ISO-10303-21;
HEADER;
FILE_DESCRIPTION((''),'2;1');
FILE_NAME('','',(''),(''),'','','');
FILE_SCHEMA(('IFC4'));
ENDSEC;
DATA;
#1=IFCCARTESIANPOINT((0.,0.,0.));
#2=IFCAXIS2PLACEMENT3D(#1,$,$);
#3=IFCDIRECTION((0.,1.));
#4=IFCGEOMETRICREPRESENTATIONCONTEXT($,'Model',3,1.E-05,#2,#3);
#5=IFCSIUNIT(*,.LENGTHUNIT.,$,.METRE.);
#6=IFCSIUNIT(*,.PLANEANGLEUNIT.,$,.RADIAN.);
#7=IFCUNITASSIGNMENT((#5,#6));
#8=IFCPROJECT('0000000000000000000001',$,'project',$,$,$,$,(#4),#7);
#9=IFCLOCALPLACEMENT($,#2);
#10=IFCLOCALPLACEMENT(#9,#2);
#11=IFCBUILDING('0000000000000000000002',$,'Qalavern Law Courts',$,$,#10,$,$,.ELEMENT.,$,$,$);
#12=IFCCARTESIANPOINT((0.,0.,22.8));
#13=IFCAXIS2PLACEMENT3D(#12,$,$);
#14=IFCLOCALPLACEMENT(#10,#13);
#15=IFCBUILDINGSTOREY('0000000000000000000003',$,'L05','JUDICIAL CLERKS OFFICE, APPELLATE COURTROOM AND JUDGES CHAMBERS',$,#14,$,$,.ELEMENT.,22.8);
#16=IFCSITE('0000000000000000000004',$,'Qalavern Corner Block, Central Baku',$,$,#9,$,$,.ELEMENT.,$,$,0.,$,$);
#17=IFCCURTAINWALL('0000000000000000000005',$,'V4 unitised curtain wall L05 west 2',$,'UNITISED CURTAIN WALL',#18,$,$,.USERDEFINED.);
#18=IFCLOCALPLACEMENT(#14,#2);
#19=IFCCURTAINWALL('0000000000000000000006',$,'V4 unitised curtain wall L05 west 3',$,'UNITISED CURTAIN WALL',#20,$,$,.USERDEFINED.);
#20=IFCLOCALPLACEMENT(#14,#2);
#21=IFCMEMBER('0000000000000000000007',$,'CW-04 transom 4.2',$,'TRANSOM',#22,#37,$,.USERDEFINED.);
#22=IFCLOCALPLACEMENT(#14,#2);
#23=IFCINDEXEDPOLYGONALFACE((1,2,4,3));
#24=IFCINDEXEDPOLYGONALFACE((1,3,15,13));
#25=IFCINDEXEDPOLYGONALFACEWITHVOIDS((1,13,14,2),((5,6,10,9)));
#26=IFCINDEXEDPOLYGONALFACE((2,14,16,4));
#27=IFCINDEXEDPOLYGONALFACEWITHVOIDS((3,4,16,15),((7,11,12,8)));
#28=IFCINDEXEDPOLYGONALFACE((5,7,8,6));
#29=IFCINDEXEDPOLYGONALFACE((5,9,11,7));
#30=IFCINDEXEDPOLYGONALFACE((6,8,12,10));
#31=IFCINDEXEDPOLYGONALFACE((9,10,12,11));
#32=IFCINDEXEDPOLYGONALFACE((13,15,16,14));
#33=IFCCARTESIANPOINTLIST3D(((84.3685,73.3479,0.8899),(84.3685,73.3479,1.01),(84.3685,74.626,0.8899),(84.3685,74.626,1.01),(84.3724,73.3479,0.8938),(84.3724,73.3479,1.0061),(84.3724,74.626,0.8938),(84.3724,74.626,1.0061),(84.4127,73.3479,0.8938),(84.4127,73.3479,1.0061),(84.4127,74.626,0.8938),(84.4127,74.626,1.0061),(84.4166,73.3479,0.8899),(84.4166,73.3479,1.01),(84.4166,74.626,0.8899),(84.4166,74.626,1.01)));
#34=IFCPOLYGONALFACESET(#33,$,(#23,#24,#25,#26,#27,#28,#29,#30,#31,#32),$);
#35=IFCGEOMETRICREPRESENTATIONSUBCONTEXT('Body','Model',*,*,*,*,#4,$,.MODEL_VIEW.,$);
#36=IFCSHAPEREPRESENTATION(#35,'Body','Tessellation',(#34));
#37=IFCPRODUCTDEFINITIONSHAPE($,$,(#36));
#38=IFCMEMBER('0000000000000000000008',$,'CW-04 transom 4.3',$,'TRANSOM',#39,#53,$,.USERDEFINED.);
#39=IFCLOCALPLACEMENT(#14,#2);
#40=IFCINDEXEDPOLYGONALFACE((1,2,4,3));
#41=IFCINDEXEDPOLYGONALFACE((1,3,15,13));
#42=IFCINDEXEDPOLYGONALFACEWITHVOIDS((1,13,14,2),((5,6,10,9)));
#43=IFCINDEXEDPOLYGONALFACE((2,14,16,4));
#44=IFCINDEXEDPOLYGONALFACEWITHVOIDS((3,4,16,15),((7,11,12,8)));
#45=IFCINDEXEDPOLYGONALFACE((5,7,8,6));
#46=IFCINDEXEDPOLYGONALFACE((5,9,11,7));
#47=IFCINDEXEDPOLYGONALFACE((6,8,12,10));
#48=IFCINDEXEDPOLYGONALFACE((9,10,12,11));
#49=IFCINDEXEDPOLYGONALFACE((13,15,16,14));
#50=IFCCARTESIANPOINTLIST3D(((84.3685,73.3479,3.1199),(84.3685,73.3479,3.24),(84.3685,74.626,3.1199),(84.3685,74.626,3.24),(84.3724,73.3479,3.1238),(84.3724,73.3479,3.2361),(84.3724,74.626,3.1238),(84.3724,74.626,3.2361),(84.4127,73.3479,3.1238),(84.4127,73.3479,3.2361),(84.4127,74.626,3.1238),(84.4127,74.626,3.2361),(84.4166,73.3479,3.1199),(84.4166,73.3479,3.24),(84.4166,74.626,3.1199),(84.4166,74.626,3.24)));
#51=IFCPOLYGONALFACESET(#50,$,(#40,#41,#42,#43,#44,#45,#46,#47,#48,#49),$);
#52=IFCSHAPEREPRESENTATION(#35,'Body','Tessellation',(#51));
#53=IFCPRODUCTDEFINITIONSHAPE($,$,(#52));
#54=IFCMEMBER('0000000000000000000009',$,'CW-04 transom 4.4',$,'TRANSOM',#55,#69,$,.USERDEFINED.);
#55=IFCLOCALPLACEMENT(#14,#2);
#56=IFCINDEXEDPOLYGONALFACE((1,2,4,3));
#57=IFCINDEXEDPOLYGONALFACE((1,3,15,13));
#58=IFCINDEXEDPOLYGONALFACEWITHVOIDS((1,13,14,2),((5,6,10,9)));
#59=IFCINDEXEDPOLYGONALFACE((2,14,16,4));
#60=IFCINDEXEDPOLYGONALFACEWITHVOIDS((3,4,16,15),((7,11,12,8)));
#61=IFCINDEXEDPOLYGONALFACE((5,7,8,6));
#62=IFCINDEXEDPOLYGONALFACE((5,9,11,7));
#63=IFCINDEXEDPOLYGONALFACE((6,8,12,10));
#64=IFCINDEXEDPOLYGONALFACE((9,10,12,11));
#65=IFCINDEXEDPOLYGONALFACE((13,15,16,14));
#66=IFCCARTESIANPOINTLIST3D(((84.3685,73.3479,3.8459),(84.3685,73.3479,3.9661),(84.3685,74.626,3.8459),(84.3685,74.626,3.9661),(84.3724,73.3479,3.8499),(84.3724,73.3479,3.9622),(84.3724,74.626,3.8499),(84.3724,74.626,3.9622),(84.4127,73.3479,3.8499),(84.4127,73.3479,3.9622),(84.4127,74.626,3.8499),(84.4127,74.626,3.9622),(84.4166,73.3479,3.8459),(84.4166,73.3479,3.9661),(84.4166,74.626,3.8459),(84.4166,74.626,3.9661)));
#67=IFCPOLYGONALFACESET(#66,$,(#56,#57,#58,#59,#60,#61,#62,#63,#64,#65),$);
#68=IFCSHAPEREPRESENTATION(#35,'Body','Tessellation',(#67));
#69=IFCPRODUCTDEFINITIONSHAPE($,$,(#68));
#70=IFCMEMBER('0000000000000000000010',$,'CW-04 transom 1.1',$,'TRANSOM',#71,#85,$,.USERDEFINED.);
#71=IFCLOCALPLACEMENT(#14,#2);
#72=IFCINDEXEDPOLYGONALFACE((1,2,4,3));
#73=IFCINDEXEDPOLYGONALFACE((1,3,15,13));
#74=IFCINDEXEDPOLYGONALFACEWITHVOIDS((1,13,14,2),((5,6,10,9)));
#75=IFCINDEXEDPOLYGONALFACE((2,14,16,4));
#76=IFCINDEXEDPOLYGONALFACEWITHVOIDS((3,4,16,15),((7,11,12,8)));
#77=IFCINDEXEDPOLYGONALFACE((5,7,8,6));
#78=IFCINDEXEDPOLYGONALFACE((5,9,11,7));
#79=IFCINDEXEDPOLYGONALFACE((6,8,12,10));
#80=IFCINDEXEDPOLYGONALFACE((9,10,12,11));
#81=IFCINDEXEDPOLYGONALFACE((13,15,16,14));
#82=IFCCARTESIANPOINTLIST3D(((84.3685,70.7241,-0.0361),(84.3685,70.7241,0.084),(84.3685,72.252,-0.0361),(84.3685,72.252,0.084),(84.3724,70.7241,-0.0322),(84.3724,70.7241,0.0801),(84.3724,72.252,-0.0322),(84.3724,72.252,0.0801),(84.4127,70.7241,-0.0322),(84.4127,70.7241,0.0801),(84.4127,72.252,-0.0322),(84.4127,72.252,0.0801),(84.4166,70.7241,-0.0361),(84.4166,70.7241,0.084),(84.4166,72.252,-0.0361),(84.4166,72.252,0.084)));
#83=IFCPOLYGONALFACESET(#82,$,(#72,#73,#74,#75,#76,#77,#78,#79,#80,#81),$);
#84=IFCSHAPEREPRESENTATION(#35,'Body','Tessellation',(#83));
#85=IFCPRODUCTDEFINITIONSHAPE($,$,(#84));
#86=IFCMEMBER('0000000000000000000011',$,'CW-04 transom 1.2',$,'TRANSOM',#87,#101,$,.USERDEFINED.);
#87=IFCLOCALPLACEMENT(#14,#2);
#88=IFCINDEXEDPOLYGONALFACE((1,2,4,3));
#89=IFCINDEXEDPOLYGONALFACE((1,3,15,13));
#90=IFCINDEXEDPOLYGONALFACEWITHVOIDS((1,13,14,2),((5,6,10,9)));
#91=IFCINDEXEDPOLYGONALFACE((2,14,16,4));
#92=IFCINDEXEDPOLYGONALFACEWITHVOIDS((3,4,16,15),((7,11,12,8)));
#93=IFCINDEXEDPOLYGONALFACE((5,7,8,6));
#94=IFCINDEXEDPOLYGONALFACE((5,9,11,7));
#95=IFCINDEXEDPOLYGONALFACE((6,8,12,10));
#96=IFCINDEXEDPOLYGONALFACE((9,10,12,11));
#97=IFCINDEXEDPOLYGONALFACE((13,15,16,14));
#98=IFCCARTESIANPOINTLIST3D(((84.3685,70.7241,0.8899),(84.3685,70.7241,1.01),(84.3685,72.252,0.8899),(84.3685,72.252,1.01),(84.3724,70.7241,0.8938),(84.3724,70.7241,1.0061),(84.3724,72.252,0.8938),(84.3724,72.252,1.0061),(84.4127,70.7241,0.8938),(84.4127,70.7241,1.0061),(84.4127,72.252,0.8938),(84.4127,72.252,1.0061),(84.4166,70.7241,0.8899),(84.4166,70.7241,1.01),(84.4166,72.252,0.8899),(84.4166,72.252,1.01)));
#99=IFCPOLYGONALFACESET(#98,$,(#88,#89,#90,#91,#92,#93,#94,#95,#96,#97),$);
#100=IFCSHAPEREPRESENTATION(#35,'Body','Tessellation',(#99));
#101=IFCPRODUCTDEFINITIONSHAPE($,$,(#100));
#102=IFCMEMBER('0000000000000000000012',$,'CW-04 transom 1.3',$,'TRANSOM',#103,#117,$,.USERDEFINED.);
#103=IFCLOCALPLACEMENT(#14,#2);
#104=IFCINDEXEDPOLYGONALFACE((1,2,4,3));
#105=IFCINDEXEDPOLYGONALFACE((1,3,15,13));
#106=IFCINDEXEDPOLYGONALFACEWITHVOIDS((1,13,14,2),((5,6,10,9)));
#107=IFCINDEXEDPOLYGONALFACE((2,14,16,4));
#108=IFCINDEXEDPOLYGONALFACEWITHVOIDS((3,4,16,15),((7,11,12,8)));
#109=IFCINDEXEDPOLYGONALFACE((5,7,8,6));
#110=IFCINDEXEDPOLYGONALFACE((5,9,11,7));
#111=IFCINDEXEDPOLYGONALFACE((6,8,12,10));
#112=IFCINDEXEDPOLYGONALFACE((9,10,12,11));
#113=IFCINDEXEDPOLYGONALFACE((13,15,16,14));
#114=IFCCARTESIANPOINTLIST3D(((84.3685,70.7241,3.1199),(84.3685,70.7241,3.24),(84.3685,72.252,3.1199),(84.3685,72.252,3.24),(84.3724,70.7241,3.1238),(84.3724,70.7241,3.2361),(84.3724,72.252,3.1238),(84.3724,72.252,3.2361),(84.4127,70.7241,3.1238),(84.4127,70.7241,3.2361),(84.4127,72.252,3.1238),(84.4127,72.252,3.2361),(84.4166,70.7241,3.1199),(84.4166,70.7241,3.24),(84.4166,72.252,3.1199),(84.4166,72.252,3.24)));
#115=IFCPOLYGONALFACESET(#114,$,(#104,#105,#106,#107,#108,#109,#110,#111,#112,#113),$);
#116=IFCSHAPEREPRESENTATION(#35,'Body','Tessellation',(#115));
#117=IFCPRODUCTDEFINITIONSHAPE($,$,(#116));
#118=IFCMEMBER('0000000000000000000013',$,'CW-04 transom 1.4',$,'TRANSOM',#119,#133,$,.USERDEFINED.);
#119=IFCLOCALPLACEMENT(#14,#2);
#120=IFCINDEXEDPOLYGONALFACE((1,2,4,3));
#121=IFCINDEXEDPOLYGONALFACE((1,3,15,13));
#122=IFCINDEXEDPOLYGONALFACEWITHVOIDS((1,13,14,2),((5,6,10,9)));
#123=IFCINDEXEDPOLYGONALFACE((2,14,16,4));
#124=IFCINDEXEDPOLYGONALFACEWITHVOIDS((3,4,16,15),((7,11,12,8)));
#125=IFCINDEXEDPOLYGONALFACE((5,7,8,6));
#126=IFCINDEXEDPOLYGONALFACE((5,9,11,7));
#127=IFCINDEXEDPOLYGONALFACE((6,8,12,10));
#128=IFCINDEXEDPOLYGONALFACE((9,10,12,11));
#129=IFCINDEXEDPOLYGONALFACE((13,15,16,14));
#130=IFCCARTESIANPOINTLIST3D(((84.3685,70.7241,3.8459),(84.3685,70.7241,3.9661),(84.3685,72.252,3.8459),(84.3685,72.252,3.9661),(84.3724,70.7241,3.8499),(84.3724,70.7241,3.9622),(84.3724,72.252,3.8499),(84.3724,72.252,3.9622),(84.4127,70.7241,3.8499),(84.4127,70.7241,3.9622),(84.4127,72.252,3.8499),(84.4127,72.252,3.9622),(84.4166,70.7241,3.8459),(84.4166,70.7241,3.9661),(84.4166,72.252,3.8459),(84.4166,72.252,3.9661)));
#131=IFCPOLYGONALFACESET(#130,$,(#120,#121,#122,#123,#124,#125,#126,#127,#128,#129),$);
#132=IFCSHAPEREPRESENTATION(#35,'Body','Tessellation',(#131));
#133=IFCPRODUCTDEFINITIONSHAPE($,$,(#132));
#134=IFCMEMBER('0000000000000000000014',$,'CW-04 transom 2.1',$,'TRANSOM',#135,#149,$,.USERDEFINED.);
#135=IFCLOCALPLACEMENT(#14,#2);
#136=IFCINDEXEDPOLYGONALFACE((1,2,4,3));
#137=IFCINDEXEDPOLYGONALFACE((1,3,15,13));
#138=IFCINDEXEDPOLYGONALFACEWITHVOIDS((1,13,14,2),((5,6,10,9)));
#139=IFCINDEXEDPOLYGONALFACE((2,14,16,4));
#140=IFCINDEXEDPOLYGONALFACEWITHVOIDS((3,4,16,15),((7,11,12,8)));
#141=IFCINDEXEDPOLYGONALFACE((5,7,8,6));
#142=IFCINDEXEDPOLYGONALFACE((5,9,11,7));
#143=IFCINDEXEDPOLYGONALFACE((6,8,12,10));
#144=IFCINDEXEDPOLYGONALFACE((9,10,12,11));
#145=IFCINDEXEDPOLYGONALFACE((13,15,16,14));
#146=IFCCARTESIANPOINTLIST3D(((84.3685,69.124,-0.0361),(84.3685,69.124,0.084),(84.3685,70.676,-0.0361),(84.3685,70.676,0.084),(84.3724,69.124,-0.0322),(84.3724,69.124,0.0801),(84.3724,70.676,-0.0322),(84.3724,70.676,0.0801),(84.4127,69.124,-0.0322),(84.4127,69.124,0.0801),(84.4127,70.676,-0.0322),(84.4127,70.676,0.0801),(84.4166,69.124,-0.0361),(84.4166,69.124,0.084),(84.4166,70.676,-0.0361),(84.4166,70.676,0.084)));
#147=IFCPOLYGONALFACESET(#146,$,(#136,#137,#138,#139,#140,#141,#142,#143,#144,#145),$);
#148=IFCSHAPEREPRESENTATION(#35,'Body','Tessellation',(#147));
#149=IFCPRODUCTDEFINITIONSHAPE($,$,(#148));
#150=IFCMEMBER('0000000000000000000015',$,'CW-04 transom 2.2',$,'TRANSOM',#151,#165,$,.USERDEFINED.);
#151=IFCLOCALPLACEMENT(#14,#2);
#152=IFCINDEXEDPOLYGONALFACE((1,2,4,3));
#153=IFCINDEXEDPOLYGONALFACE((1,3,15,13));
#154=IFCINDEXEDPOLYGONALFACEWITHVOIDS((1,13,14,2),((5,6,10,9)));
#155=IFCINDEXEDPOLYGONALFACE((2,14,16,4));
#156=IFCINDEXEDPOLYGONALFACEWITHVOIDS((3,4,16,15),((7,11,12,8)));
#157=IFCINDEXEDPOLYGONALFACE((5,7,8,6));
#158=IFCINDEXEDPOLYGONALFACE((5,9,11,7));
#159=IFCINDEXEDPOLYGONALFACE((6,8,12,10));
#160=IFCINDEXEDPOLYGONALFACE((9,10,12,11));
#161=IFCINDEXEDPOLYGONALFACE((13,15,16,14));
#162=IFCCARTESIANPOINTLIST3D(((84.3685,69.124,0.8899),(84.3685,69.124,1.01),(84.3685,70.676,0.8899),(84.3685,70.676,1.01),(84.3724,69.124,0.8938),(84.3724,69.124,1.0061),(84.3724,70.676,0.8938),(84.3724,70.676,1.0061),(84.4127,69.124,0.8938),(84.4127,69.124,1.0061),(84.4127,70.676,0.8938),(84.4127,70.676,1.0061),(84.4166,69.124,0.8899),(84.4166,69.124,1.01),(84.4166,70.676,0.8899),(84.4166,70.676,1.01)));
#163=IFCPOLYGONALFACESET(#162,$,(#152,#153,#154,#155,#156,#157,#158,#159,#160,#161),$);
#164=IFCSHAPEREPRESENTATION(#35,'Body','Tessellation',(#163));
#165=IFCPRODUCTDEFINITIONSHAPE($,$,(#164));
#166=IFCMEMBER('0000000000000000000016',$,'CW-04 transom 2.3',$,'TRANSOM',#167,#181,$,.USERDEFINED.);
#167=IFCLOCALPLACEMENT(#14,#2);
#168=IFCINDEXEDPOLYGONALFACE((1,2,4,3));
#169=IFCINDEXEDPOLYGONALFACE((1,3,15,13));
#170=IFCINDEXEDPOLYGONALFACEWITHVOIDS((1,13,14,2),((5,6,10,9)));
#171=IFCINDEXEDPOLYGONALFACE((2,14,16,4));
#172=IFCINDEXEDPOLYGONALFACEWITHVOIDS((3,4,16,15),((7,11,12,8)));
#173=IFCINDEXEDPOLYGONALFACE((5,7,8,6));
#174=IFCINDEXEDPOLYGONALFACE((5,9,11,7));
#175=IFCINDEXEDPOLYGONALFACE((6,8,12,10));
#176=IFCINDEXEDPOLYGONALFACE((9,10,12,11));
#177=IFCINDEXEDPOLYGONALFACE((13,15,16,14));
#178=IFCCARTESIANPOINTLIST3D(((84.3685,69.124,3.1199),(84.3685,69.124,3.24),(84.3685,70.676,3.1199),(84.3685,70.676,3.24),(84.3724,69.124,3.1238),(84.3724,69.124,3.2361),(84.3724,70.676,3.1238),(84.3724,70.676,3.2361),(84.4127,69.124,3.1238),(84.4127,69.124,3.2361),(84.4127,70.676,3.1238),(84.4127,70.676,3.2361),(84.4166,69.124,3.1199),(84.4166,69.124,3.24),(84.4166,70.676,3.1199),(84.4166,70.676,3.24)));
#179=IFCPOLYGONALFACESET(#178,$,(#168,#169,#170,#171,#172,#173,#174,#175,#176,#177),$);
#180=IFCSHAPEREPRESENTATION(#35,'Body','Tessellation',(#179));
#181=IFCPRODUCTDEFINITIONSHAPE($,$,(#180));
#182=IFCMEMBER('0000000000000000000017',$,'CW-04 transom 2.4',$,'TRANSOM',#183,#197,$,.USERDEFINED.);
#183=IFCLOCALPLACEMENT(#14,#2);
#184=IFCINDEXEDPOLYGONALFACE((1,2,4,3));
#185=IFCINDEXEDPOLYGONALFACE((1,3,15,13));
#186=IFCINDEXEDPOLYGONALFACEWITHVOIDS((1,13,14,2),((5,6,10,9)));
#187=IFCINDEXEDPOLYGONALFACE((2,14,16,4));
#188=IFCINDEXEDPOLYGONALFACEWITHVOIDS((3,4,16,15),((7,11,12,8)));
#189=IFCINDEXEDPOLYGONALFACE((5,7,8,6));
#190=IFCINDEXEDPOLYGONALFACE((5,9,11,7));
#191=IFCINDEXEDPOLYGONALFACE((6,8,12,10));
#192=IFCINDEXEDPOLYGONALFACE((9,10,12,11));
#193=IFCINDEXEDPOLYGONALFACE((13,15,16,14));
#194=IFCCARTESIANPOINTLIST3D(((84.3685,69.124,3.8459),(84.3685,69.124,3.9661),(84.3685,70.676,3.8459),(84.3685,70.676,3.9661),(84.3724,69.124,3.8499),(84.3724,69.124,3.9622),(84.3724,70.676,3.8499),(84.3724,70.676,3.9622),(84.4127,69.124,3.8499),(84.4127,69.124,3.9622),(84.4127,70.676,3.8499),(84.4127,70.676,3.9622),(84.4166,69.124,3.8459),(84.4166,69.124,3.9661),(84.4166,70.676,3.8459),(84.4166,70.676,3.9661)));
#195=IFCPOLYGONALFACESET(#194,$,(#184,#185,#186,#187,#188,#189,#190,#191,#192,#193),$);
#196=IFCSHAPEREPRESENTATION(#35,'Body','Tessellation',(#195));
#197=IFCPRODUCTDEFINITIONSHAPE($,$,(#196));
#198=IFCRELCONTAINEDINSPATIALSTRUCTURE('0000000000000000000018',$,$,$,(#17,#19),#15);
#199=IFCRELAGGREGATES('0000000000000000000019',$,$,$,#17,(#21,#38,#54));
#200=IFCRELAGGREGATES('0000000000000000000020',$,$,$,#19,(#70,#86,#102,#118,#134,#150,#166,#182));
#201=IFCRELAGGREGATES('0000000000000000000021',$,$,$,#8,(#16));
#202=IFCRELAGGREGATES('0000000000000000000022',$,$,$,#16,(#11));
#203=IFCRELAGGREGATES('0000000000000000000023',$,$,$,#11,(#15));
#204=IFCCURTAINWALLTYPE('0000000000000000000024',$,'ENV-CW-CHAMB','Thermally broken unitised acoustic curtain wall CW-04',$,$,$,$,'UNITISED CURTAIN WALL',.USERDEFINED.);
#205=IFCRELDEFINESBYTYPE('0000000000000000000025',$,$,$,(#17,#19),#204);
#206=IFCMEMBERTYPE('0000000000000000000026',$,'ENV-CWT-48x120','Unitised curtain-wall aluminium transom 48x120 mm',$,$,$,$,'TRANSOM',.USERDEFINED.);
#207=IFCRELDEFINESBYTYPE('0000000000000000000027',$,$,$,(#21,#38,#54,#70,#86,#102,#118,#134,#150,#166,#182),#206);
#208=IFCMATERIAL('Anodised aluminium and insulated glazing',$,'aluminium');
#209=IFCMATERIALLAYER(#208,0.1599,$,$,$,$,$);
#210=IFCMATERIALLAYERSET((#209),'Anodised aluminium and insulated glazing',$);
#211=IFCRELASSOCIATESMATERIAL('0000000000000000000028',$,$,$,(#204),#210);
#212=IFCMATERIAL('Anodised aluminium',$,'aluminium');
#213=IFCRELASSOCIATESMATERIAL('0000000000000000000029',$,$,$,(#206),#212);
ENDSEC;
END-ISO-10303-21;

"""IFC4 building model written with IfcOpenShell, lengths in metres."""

from ifc_helpers import new_model, si_unit, direction, frame, origin, origin_2d, place, context, subcontext, project, spatial, hollow_rectangle, extrude, material, layer, layer_set, material_profile, profile_set, type_object, element, aggregate, save


model = new_model("IFC4")

# Units and contexts
model_context = context("Model", 3, precision=1e-05, world=origin(), true_north=direction((0.0, 1.0)))
body_context = subcontext(model_context, "Body", "Model", "MODEL_VIEW")
ifc_project = project(units=[si_unit("LENGTHUNIT", "METRE"), si_unit("PLANEANGLEUNIT", "RADIAN")], contexts=[model_context])

# Site, building, storey
site_placement = place(None, origin())
site = spatial("IfcSite", under=ifc_project, at=site_placement, Name="Qalavern Corner Block, Central Baku", CompositionType="ELEMENT", RefElevation=0.0)
building_placement = place(site_placement, origin())
building = spatial("IfcBuilding", under=site, at=building_placement, Name="Qalavern Law Courts", CompositionType="ELEMENT")
storey_placement = place(building_placement, frame((0.0, 0.0, 22.8)))
storey = spatial("IfcBuildingStorey", under=building, at=storey_placement, Name="L05", Description="JUDICIAL CLERKS OFFICE, APPELLATE COURTROOM AND JUDGES CHAMBERS", CompositionType="ELEMENT", Elevation=22.8)

# Curtain walls
ifc_material_1 = material(Name="Anodised aluminium and insulated glazing", Category="aluminium")
ifc_layer_1 = layer(ifc_material_1, 0.1599)
ifc_layer_set_1 = layer_set([ifc_layer_1], Name="Anodised aluminium and insulated glazing")
curtain_wall_type = type_object("IfcCurtainWallType", Name="ENV-CW-CHAMB", Description="Thermally broken unitised acoustic curtain wall CW-04", ElementType="UNITISED CURTAIN WALL", PredefinedType="USERDEFINED", material=ifc_layer_set_1)
curtain_wall_1_placement = place(storey_placement, origin())
curtain_wall_1 = element("IfcCurtainWall", 1, at=curtain_wall_1_placement, inside=storey, type_object=curtain_wall_type, Name="V4 unitised curtain wall L05 west 2", ObjectType="UNITISED CURTAIN WALL", PredefinedType="USERDEFINED")
ifc_material_2 = material(Name="Anodised aluminium", Category="aluminium")
curtain_wall_2_placement = place(storey_placement, origin())
curtain_wall_2 = element("IfcCurtainWall", 2, at=curtain_wall_2_placement, inside=storey, type_object=curtain_wall_type, Name="V4 unitised curtain wall L05 west 3", ObjectType="UNITISED CURTAIN WALL", PredefinedType="USERDEFINED")

# Members
ifc_material_profile_1 = material_profile(ifc_material_2, hollow_rectangle(XDim=0.0481, YDim=0.1201, WallThickness=0.0039, at=origin_2d()), Name="ALU TRANSOM 48x120")
ifc_profile_set_1 = profile_set([ifc_material_profile_1], Name="Anodised aluminium")
member_type_1 = type_object("IfcMemberType", Name="ENV-CWT-48x120", Description="Unitised curtain-wall aluminium transom 48x120 mm", ElementType="TRANSOM", PredefinedType="USERDEFINED", material=ifc_profile_set_1)
member_1_placement = place(storey_placement, frame((84.3926, 74.626, 0.95), z_axis=(0.0, -1.0, 0.0), x_axis=(1.0, 0.0, 0.0)))
member_1 = element("IfcMember", 3, at=member_1_placement, type_object=member_type_1, Name="CW-04 transom 4.2", ObjectType="TRANSOM", PredefinedType="USERDEFINED", context=body_context, shape_type="SweptSolid", body=[
    extrude(hollow_rectangle(XDim=0.0481, YDim=0.1201, WallThickness=0.0039, at=origin_2d()), origin(), (0.0, 0.0, 1.0), 1.2781),
])
member_2_placement = place(storey_placement, frame((84.3926, 74.626, 3.1799), z_axis=(0.0, -1.0, 0.0), x_axis=(1.0, 0.0, 0.0)))
member_2 = element("IfcMember", 4, at=member_2_placement, type_object=member_type_1, Name="CW-04 transom 4.3", ObjectType="TRANSOM", PredefinedType="USERDEFINED", context=body_context, shape_type="SweptSolid", body=[
    extrude(hollow_rectangle(XDim=0.0481, YDim=0.1201, WallThickness=0.0039, at=origin_2d()), origin(), (0.0, 0.0, 1.0), 1.2781),
])
member_3_placement = place(storey_placement, frame((84.3926, 74.626, 3.906), z_axis=(0.0, -1.0, 0.0), x_axis=(1.0, 0.0, 0.0)))
member_3 = element("IfcMember", 5, at=member_3_placement, type_object=member_type_1, Name="CW-04 transom 4.4", ObjectType="TRANSOM", PredefinedType="USERDEFINED", context=body_context, shape_type="SweptSolid", body=[
    extrude(hollow_rectangle(XDim=0.0481, YDim=0.1201, WallThickness=0.0039, at=origin_2d()), origin(), (0.0, 0.0, 1.0), 1.2781),
])
member_4_placement = place(storey_placement, frame((84.3926, 72.252, 0.0239), z_axis=(0.0, -1.0, 0.0), x_axis=(1.0, 0.0, 0.0)))
member_4 = element("IfcMember", 6, at=member_4_placement, type_object=member_type_1, Name="CW-04 transom 1.1", ObjectType="TRANSOM", PredefinedType="USERDEFINED", context=body_context, shape_type="SweptSolid", body=[
    extrude(hollow_rectangle(XDim=0.0481, YDim=0.1201, WallThickness=0.0039, at=origin_2d()), origin(), (0.0, 0.0, 1.0), 1.5278),
])
member_5_placement = place(storey_placement, frame((84.3926, 72.252, 0.95), z_axis=(0.0, -1.0, 0.0), x_axis=(1.0, 0.0, 0.0)))
member_5 = element("IfcMember", 7, at=member_5_placement, type_object=member_type_1, Name="CW-04 transom 1.2", ObjectType="TRANSOM", PredefinedType="USERDEFINED", context=body_context, shape_type="SweptSolid", body=[
    extrude(hollow_rectangle(XDim=0.0481, YDim=0.1201, WallThickness=0.0039, at=origin_2d()), origin(), (0.0, 0.0, 1.0), 1.5278),
])
member_6_placement = place(storey_placement, frame((84.3926, 72.252, 3.1799), z_axis=(0.0, -1.0, 0.0), x_axis=(1.0, 0.0, 0.0)))
member_6 = element("IfcMember", 8, at=member_6_placement, type_object=member_type_1, Name="CW-04 transom 1.3", ObjectType="TRANSOM", PredefinedType="USERDEFINED", context=body_context, shape_type="SweptSolid", body=[
    extrude(hollow_rectangle(XDim=0.0481, YDim=0.1201, WallThickness=0.0039, at=origin_2d()), origin(), (0.0, 0.0, 1.0), 1.5278),
])
member_7_placement = place(storey_placement, frame((84.3926, 72.252, 3.906), z_axis=(0.0, -1.0, 0.0), x_axis=(1.0, 0.0, 0.0)))
member_7 = element("IfcMember", 9, at=member_7_placement, type_object=member_type_1, Name="CW-04 transom 1.4", ObjectType="TRANSOM", PredefinedType="USERDEFINED", context=body_context, shape_type="SweptSolid", body=[
    extrude(hollow_rectangle(XDim=0.0481, YDim=0.1201, WallThickness=0.0039, at=origin_2d()), origin(), (0.0, 0.0, 1.0), 1.5278),
])
member_8_placement = place(storey_placement, frame((84.3926, 70.676, 0.0239), z_axis=(0.0, -1.0, 0.0), x_axis=(1.0, 0.0, 0.0)))
member_8 = element("IfcMember", 10, at=member_8_placement, type_object=member_type_1, Name="CW-04 transom 2.1", ObjectType="TRANSOM", PredefinedType="USERDEFINED", context=body_context, shape_type="SweptSolid", body=[
    extrude(hollow_rectangle(XDim=0.0481, YDim=0.1201, WallThickness=0.0039, at=origin_2d()), origin(), (0.0, 0.0, 1.0), 1.552),
])
member_9_placement = place(storey_placement, frame((84.3926, 70.676, 0.95), z_axis=(0.0, -1.0, 0.0), x_axis=(1.0, 0.0, 0.0)))
member_9 = element("IfcMember", 11, at=member_9_placement, type_object=member_type_1, Name="CW-04 transom 2.2", ObjectType="TRANSOM", PredefinedType="USERDEFINED", context=body_context, shape_type="SweptSolid", body=[
    extrude(hollow_rectangle(XDim=0.0481, YDim=0.1201, WallThickness=0.0039, at=origin_2d()), origin(), (0.0, 0.0, 1.0), 1.552),
])
member_10_placement = place(storey_placement, frame((84.3926, 70.676, 3.1799), z_axis=(0.0, -1.0, 0.0), x_axis=(1.0, 0.0, 0.0)))
member_10 = element("IfcMember", 12, at=member_10_placement, type_object=member_type_1, Name="CW-04 transom 2.3", ObjectType="TRANSOM", PredefinedType="USERDEFINED", context=body_context, shape_type="SweptSolid", body=[
    extrude(hollow_rectangle(XDim=0.0481, YDim=0.1201, WallThickness=0.0039, at=origin_2d()), origin(), (0.0, 0.0, 1.0), 1.552),
])
member_11_placement = place(storey_placement, frame((84.3926, 70.676, 3.906), z_axis=(0.0, -1.0, 0.0), x_axis=(1.0, 0.0, 0.0)))
member_11 = element("IfcMember", 13, at=member_11_placement, type_object=member_type_1, Name="CW-04 transom 2.4", ObjectType="TRANSOM", PredefinedType="USERDEFINED", context=body_context, shape_type="SweptSolid", body=[
    extrude(hollow_rectangle(XDim=0.0481, YDim=0.1201, WallThickness=0.0039, at=origin_2d()), origin(), (0.0, 0.0, 1.0), 1.552),
])

aggregate(curtain_wall_1, [member_1, member_2, member_3])
aggregate(curtain_wall_2, [member_4, member_5, member_6, member_7, member_8, member_9, member_10, member_11])

save(model, "model.ifc")
